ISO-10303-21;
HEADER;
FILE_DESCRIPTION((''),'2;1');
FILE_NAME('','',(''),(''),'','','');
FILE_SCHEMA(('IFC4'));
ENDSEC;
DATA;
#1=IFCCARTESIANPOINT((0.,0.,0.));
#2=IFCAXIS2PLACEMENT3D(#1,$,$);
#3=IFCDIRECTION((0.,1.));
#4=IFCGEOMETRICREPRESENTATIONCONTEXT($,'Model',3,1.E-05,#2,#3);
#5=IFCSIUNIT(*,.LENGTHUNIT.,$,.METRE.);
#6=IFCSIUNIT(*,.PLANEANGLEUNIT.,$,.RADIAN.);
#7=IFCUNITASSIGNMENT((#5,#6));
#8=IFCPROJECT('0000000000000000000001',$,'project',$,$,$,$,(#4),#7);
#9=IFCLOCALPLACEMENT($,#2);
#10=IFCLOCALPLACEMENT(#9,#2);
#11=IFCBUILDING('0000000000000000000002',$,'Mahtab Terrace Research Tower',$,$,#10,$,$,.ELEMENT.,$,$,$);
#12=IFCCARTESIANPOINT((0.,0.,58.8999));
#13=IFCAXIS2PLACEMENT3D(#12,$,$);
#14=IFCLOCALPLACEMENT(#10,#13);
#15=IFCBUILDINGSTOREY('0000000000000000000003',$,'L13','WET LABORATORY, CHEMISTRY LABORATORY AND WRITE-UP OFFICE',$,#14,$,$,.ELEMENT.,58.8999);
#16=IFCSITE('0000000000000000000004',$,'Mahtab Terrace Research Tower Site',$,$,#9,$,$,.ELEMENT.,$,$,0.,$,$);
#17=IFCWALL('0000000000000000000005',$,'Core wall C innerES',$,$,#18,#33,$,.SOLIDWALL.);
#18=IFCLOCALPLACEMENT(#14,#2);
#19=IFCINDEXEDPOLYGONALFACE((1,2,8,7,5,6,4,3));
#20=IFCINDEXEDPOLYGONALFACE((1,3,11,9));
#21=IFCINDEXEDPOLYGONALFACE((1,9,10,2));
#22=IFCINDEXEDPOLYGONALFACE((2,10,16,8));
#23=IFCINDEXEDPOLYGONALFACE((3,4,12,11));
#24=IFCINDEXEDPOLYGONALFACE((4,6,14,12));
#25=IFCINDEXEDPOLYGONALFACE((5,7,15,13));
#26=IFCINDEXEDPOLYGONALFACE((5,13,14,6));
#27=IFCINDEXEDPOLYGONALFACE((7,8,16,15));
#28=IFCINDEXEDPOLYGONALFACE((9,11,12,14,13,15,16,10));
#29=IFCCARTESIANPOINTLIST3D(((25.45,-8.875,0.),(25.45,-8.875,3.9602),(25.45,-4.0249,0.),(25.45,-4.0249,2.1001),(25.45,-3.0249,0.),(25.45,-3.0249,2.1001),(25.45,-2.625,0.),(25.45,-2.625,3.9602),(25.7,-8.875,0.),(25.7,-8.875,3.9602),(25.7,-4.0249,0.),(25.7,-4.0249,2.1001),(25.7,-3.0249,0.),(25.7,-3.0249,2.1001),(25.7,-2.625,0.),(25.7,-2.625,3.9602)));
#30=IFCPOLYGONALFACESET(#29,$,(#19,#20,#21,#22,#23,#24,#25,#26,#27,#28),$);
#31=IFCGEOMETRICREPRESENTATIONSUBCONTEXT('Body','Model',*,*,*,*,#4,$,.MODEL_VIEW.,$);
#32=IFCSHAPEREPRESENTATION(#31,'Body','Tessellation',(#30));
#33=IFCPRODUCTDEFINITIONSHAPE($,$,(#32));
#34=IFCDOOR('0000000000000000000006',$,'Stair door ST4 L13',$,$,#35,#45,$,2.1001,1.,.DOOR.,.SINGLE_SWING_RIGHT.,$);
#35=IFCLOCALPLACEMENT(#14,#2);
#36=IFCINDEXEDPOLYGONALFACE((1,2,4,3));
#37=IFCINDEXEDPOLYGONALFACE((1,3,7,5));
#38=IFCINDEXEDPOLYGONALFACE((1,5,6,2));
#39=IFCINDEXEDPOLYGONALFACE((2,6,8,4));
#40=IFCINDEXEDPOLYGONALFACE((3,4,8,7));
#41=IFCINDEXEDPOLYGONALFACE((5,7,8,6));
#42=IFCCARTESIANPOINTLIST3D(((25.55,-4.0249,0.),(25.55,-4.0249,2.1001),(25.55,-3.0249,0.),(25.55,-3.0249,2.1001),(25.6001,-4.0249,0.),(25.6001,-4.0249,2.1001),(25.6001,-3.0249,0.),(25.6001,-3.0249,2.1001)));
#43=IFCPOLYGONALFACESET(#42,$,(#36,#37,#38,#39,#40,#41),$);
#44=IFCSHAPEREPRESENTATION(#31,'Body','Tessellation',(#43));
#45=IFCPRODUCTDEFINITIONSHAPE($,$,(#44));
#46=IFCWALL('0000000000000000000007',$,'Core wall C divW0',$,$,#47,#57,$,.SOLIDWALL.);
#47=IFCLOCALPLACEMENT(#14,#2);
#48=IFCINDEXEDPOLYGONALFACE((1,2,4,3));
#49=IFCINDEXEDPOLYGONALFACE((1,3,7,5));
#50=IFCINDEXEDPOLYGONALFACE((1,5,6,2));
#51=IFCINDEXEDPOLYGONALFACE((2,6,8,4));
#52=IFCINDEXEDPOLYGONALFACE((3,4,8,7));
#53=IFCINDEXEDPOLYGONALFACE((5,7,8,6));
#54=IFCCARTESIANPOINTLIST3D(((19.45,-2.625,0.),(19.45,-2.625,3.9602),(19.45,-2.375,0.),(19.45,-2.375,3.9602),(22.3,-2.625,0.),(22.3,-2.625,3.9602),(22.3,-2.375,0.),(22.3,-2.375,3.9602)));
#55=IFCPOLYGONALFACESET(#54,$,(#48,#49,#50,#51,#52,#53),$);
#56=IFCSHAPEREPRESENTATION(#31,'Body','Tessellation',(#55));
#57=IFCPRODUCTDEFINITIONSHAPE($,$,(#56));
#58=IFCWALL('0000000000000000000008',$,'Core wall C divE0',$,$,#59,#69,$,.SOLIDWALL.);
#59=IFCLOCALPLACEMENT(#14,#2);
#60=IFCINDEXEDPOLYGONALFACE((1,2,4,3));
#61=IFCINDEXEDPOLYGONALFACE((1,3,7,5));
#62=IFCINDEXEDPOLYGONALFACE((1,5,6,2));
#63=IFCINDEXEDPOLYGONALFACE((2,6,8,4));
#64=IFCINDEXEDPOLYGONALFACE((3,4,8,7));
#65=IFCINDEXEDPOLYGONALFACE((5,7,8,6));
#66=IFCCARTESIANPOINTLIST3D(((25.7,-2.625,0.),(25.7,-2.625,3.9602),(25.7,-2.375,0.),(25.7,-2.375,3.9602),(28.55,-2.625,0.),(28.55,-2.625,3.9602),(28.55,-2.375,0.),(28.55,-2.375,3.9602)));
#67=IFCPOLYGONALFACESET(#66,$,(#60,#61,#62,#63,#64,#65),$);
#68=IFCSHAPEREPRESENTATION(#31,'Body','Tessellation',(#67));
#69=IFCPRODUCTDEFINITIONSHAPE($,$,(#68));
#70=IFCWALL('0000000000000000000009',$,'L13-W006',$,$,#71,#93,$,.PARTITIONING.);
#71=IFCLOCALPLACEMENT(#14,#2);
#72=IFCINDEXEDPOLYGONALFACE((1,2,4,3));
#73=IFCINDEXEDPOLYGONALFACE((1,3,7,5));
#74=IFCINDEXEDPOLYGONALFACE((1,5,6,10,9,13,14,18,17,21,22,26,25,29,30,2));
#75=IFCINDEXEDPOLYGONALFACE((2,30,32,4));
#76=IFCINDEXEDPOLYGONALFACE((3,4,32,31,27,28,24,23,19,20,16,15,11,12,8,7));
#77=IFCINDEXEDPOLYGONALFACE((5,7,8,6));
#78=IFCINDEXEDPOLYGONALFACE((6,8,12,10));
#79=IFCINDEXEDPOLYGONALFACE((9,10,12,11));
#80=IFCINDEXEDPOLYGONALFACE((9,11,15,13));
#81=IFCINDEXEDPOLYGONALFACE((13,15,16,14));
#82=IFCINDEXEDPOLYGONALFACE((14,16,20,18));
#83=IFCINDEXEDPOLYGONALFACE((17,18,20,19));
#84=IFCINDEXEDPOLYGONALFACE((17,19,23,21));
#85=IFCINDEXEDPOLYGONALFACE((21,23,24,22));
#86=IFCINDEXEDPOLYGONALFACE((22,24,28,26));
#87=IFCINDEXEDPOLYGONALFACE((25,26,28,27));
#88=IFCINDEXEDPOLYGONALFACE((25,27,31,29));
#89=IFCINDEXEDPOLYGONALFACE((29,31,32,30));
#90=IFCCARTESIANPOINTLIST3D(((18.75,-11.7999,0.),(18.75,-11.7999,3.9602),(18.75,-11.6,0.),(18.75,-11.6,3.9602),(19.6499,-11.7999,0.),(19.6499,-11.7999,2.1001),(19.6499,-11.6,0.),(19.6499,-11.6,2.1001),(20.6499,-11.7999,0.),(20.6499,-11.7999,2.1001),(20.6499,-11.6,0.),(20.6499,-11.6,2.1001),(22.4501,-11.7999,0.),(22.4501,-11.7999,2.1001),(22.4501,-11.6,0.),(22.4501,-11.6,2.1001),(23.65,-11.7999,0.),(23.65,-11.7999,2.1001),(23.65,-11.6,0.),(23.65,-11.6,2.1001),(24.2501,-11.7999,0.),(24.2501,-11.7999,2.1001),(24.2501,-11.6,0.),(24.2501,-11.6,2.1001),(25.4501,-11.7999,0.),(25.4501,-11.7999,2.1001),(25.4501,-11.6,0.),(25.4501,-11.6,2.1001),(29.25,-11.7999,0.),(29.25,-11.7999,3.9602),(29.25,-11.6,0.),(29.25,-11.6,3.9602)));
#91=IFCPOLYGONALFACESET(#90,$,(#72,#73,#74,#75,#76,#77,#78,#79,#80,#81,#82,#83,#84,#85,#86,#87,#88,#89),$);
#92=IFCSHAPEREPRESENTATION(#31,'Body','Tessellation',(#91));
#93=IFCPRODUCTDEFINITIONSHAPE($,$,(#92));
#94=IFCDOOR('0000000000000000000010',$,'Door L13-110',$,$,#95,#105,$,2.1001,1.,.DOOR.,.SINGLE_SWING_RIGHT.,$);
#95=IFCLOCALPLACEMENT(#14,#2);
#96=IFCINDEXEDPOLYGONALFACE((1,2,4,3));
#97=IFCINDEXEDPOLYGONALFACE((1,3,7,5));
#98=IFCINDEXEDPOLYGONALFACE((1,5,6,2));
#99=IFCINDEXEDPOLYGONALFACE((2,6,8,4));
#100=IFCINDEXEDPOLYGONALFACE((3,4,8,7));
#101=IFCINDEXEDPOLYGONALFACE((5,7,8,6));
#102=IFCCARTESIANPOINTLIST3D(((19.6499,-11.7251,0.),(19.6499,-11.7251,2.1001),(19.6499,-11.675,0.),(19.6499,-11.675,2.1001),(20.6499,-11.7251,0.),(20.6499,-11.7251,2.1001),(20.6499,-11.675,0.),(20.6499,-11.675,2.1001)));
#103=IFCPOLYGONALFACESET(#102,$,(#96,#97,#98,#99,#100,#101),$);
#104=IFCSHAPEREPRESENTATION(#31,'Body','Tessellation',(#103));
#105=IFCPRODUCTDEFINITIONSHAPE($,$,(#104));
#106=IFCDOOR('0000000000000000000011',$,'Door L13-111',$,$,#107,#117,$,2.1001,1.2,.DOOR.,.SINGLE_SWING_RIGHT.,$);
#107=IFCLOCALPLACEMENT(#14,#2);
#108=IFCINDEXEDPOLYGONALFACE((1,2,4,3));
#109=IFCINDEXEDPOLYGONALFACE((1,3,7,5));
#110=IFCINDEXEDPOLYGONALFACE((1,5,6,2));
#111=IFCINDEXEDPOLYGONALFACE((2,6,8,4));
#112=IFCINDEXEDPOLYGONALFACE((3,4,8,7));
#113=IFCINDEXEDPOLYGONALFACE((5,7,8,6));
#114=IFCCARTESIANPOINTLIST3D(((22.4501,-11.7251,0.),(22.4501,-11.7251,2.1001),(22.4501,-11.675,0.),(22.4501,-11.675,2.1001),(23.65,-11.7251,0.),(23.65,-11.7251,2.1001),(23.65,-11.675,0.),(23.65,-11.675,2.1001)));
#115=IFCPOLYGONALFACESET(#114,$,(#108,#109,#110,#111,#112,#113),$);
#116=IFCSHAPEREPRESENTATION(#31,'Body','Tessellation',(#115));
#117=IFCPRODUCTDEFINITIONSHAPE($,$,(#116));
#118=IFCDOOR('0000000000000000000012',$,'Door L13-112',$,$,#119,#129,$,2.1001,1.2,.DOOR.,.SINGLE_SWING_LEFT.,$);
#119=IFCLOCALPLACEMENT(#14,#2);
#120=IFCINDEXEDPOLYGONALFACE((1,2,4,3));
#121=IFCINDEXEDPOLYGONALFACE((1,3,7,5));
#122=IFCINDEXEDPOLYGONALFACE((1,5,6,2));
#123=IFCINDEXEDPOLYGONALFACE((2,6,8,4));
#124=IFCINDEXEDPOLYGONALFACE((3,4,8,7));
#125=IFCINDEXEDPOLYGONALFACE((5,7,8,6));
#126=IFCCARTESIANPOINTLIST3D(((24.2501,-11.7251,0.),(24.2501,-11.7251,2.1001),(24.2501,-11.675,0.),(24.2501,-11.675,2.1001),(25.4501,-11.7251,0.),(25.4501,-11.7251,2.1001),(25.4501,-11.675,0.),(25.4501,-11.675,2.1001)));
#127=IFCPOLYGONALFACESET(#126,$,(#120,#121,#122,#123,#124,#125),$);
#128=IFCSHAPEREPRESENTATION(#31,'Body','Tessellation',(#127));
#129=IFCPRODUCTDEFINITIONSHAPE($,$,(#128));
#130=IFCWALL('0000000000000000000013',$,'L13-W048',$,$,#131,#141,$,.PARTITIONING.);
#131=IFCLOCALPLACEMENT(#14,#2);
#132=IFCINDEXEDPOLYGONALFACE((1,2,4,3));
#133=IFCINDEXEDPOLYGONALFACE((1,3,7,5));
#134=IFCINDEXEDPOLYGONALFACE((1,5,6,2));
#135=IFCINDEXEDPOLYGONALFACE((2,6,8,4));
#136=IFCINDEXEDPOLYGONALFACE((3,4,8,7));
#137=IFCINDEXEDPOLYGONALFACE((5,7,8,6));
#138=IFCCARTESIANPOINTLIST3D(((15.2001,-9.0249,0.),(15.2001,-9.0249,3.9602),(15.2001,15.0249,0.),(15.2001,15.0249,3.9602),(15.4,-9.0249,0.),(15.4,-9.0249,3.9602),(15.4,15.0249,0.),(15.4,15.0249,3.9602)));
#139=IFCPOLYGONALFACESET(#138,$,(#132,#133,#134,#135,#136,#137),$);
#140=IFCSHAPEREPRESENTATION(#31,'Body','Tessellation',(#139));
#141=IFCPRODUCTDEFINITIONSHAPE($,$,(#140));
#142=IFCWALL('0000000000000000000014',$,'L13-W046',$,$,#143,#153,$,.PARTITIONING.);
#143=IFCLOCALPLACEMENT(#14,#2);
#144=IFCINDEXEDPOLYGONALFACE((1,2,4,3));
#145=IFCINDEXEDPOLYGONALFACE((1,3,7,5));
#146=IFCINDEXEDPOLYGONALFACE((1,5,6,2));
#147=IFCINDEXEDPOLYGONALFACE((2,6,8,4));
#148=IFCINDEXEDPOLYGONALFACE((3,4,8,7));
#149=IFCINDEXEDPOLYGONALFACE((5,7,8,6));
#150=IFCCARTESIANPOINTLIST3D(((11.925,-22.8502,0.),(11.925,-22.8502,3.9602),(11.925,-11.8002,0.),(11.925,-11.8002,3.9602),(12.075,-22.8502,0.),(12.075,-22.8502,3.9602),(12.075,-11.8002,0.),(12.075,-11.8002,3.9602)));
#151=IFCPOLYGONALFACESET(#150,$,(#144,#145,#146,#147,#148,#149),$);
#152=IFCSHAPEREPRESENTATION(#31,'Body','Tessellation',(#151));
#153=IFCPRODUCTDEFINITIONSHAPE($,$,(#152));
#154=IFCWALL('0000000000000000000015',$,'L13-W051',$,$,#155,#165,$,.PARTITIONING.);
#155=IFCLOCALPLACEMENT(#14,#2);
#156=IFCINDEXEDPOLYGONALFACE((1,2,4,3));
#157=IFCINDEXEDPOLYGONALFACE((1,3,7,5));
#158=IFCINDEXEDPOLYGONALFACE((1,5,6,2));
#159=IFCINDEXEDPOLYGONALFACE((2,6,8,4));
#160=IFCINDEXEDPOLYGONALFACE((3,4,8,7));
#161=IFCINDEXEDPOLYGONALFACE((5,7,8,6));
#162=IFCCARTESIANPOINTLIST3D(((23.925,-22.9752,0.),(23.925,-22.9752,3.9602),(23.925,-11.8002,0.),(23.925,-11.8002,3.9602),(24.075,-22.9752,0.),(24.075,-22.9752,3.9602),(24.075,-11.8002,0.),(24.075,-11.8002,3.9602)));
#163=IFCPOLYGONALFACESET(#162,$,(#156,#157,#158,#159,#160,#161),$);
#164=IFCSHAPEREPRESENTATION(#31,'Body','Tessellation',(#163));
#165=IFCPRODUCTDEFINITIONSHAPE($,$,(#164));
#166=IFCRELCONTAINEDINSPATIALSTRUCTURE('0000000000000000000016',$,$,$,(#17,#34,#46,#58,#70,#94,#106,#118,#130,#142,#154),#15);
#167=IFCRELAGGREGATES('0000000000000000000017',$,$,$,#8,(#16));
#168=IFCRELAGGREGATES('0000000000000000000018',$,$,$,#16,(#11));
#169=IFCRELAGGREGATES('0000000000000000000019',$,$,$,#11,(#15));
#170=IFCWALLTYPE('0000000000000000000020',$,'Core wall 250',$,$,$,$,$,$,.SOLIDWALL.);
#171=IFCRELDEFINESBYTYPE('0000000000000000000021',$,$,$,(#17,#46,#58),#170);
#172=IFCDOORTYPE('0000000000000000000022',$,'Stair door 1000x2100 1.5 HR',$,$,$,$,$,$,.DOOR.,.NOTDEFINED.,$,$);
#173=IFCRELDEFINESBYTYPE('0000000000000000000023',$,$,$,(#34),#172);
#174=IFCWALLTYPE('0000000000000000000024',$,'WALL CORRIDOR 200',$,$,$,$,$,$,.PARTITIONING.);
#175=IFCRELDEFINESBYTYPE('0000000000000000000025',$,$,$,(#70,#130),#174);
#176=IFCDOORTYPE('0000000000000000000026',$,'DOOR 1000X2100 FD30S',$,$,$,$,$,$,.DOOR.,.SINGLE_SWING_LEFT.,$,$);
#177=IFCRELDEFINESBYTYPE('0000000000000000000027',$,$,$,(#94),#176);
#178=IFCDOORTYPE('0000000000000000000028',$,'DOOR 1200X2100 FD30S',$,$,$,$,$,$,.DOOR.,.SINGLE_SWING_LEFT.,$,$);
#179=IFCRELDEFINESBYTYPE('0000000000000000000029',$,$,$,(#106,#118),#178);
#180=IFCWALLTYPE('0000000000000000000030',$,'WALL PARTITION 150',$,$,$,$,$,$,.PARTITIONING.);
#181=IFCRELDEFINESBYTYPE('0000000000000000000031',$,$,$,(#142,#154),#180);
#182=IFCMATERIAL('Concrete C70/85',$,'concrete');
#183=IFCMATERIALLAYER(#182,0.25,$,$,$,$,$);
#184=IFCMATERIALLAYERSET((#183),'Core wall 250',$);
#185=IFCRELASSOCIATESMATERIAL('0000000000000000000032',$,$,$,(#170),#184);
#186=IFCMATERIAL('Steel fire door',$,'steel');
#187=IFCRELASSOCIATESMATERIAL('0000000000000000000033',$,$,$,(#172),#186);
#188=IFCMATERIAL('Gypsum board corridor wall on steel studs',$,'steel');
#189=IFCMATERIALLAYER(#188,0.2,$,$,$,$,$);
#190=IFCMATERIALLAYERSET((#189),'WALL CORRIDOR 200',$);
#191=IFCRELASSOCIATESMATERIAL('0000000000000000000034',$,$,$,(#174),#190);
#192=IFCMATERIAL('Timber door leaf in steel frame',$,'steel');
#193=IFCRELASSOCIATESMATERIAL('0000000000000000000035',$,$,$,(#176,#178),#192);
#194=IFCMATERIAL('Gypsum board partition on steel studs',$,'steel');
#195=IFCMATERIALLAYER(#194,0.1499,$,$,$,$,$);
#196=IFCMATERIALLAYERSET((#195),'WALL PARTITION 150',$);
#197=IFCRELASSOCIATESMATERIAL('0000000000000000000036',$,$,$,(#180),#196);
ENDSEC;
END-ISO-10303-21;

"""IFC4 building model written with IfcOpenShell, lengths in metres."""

from ifc_helpers import new_model, si_unit, direction, frame, frame_2d, origin, place, context, subcontext, project, spatial, rectangle, extrude, material, layer, layer_set, type_object, element, fill, save


model = new_model("IFC4")

# Units and contexts
model_context = context("Model", 3, precision=1e-05, world=origin(), true_north=direction((0.0, 1.0)))
body_context = subcontext(model_context, "Body", "Model", "MODEL_VIEW")
ifc_project = project(units=[si_unit("LENGTHUNIT", "METRE"), si_unit("PLANEANGLEUNIT", "RADIAN")], contexts=[model_context])

# Site, building, storey
site_placement = place(None, origin())
site = spatial("IfcSite", under=ifc_project, at=site_placement, Name="Mahtab Terrace Research Tower Site", CompositionType="ELEMENT", RefElevation=0.0)
building_placement = place(site_placement, origin())
building = spatial("IfcBuilding", under=site, at=building_placement, Name="Mahtab Terrace Research Tower", CompositionType="ELEMENT")
storey_placement = place(building_placement, frame((0.0, 0.0, 58.8999)))
storey = spatial("IfcBuildingStorey", under=building, at=storey_placement, Name="L13", Description="WET LABORATORY, CHEMISTRY LABORATORY AND WRITE-UP OFFICE", CompositionType="ELEMENT", Elevation=58.8999)

# Shared definitions
ifc_material_1 = material(Name="Concrete C70/85", Category="concrete")

# Shared definitions
ifc_layer_1 = layer(ifc_material_1, 0.25)
ifc_layer_set_1 = layer_set([ifc_layer_1], Name="Core wall 250")
wall_type_1 = type_object("IfcWallType", Name="Core wall 250", PredefinedType="SOLIDWALL", material=ifc_layer_set_1)
ifc_material_2 = material(Name="Steel fire door", Category="steel")

# Wall, opening, door
wall_1_placement = place(storey_placement, frame((25.575, -8.875, 0.0), z_axis=(0.0, 0.0, 1.0), x_axis=(0.0, 1.0, 0.0)))
wall_1 = element("IfcWall", 1, at=wall_1_placement, inside=storey, type_object=wall_type_1, Name="Core wall C innerES", PredefinedType="SOLIDWALL", context=body_context, shape_type="SweptSolid", body=[
    extrude(rectangle(XDim=6.25, YDim=0.25, at=frame_2d((3.125, 0.0))), origin(), (0.0, 0.0, 1.0), 3.9602),
])
opening_1_placement = place(wall_1_placement, frame((4.8501, 0.0, 0.0)))
opening_1 = element("IfcOpeningElement", 2, at=opening_1_placement, cuts=wall_1, PredefinedType="OPENING", context=body_context, shape_type="SweptSolid", body=[
    extrude(rectangle(XDim=1.0, YDim=2.1001, at=frame_2d((0.5, 1.05))), frame((0.0, 0.135, 0.0), z_axis=(0.0, -1.0, 0.0), x_axis=(1.0, 0.0, 0.0)), (0.0, 0.0, 1.0), 0.27),
])
door_type_1 = type_object("IfcDoorType", Name="Stair door 1000x2100 1.5 HR", OperationType="NOTDEFINED", PredefinedType="DOOR", material=ifc_material_2)
door_1_placement = place(opening_1_placement, origin())
door_1 = element("IfcDoor", 3, at=door_1_placement, inside=storey, type_object=door_type_1, Name="Stair door ST4 L13", OperationType="SINGLE_SWING_RIGHT", OverallHeight=2.1001, OverallWidth=1.0, PredefinedType="DOOR", context=body_context, shape_type="SweptSolid", body=[
    extrude(rectangle(XDim=1.0, YDim=2.1001, at=frame_2d((0.5, 1.05))), frame((0.0, 0.0249, 0.0), z_axis=(0.0, -1.0, 0.0), x_axis=(1.0, 0.0, 0.0)), (0.0, 0.0, 1.0), 0.05),
])
fill(opening_1, door_1)

# Walls
for number, where, z_axis, x_axis, name in (
    (4, (19.45, -2.5, 0.0), (0.0, 0.0, 1.0), (1.0, 0.0, 0.0), "Core wall C divW0"),
    (5, (25.7, -2.5, 0.0), (0.0, 0.0, 1.0), (1.0, 0.0, 0.0), "Core wall C divE0"),
):
    element("IfcWall", number, at=place(storey_placement, frame(where, z_axis=z_axis, x_axis=x_axis)), inside=storey, type_object=wall_type_1, Name=name, PredefinedType="SOLIDWALL", context=body_context, shape_type="SweptSolid", body=[
        extrude(rectangle(XDim=2.8501, YDim=0.25, at=frame_2d((1.425, 0.0))), origin(), (0.0, 0.0, 1.0), 3.9602),
    ])

# Wall, openings, doors
ifc_material_3 = material(Name="Gypsum board corridor wall on steel studs", Category="steel")
ifc_layer_2 = layer(ifc_material_3, 0.2)
ifc_layer_set_2 = layer_set([ifc_layer_2], Name="WALL CORRIDOR 200")
wall_type_2 = type_object("IfcWallType", Name="WALL CORRIDOR 200", PredefinedType="PARTITIONING", material=ifc_layer_set_2)
wall_2_placement = place(storey_placement, frame((18.75, -11.7, 0.0), z_axis=(0.0, 0.0, 1.0), x_axis=(1.0, 0.0, 0.0)))
wall_2 = element("IfcWall", 6, at=wall_2_placement, inside=storey, type_object=wall_type_2, Name="L13-W006", PredefinedType="PARTITIONING", context=body_context, shape_type="SweptSolid", body=[
    extrude(rectangle(XDim=10.5, YDim=0.2, at=frame_2d((5.25, 0.0))), origin(), (0.0, 0.0, 1.0), 3.9602),
])
opening_2_placement = place(wall_2_placement, frame((0.8999, 0.0, 0.0)))
opening_2 = element("IfcOpeningElement", 7, at=opening_2_placement, cuts=wall_2, PredefinedType="OPENING", context=body_context, shape_type="SweptSolid", body=[
    extrude(rectangle(XDim=1.0, YDim=2.1001, at=frame_2d((0.5, 1.05))), frame((0.0, 0.1099, 0.0), z_axis=(0.0, -1.0, 0.0), x_axis=(1.0, 0.0, 0.0)), (0.0, 0.0, 1.0), 0.22),
])
opening_3_placement = place(wall_2_placement, frame((3.7, 0.0, 0.0)))
opening_3 = element("IfcOpeningElement", 8, at=opening_3_placement, cuts=wall_2, PredefinedType="OPENING", context=body_context, shape_type="SweptSolid", body=[
    extrude(rectangle(XDim=1.2, YDim=2.1001, at=frame_2d((0.6001, 1.05))), frame((0.0, 0.1099, 0.0), z_axis=(0.0, -1.0, 0.0), x_axis=(1.0, 0.0, 0.0)), (0.0, 0.0, 1.0), 0.22),
])
opening_4_placement = place(wall_2_placement, frame((5.5, 0.0, 0.0)))
opening_4 = element("IfcOpeningElement", 9, at=opening_4_placement, cuts=wall_2, PredefinedType="OPENING", context=body_context, shape_type="SweptSolid", body=[
    extrude(rectangle(XDim=1.2, YDim=2.1001, at=frame_2d((0.6001, 1.05))), frame((0.0, 0.1099, 0.0), z_axis=(0.0, -1.0, 0.0), x_axis=(1.0, 0.0, 0.0)), (0.0, 0.0, 1.0), 0.22),
])
ifc_material_4 = material(Name="Timber door leaf in steel frame", Category="steel")
door_type_2 = type_object("IfcDoorType", Name="DOOR 1000X2100 FD30S", OperationType="SINGLE_SWING_LEFT", PredefinedType="DOOR", material=ifc_material_4)
door_2_placement = place(opening_2_placement, origin())
door_2 = element("IfcDoor", 10, at=door_2_placement, inside=storey, type_object=door_type_2, Name="Door L13-110", OperationType="SINGLE_SWING_RIGHT", OverallHeight=2.1001, OverallWidth=1.0, PredefinedType="DOOR", context=body_context, shape_type="SweptSolid", body=[
    extrude(rectangle(XDim=1.0, YDim=2.1001, at=frame_2d((0.5, 1.05))), frame((0.0, 0.0249, 0.0), z_axis=(0.0, -1.0, 0.0), x_axis=(1.0, 0.0, 0.0)), (0.0, 0.0, 1.0), 0.05),
])
fill(opening_2, door_2)
door_type_3 = type_object("IfcDoorType", Name="DOOR 1200X2100 FD30S", OperationType="SINGLE_SWING_LEFT", PredefinedType="DOOR", material=ifc_material_4)
door_3_placement = place(opening_3_placement, origin())
door_3 = element("IfcDoor", 11, at=door_3_placement, inside=storey, type_object=door_type_3, Name="Door L13-111", OperationType="SINGLE_SWING_RIGHT", OverallHeight=2.1001, OverallWidth=1.2, PredefinedType="DOOR", context=body_context, shape_type="SweptSolid", body=[
    extrude(rectangle(XDim=1.2, YDim=2.1001, at=frame_2d((0.6001, 1.05))), frame((0.0, 0.0249, 0.0), z_axis=(0.0, -1.0, 0.0), x_axis=(1.0, 0.0, 0.0)), (0.0, 0.0, 1.0), 0.05),
])
fill(opening_3, door_3)
door_4_placement = place(opening_4_placement, origin())
door_4 = element("IfcDoor", 12, at=door_4_placement, inside=storey, type_object=door_type_3, Name="Door L13-112", OperationType="SINGLE_SWING_LEFT", OverallHeight=2.1001, OverallWidth=1.2, PredefinedType="DOOR", context=body_context, shape_type="SweptSolid", body=[
    extrude(rectangle(XDim=1.2, YDim=2.1001, at=frame_2d((0.6001, 1.05))), frame((0.0, 0.0249, 0.0), z_axis=(0.0, -1.0, 0.0), x_axis=(1.0, 0.0, 0.0)), (0.0, 0.0, 1.0), 0.05),
])
fill(opening_4, door_4)

# Walls
wall_3_placement = place(storey_placement, frame((15.3, -9.0249, 0.0), z_axis=(0.0, 0.0, 1.0), x_axis=(0.0, 1.0, 0.0)))
element("IfcWall", 13, at=wall_3_placement, inside=storey, type_object=wall_type_2, Name="L13-W048", PredefinedType="PARTITIONING", context=body_context, shape_type="SweptSolid", body=[
    extrude(rectangle(XDim=24.0498, YDim=0.2, at=frame_2d((12.0249, 0.0))), origin(), (0.0, 0.0, 1.0), 3.9602),
])
ifc_material_5 = material(Name="Gypsum board partition on steel studs", Category="steel")
ifc_layer_3 = layer(ifc_material_5, 0.1499)
ifc_layer_set_3 = layer_set([ifc_layer_3], Name="WALL PARTITION 150")
wall_type_3 = type_object("IfcWallType", Name="WALL PARTITION 150", PredefinedType="PARTITIONING", material=ifc_layer_set_3)
wall_4_placement = place(storey_placement, frame((12.0, -22.8501, 0.0), z_axis=(0.0, 0.0, 1.0), x_axis=(0.0, 1.0, 0.0)))
element("IfcWall", 14, at=wall_4_placement, inside=storey, type_object=wall_type_3, Name="L13-W046", PredefinedType="PARTITIONING", context=body_context, shape_type="SweptSolid", body=[
    extrude(rectangle(XDim=11.05, YDim=0.1499, at=frame_2d((5.5249, 0.0))), origin(), (0.0, 0.0, 1.0), 3.9602),
])
wall_5_placement = place(storey_placement, frame((24.0, -22.9751, 0.0), z_axis=(0.0, 0.0, 1.0), x_axis=(0.0, 1.0, 0.0)))
element("IfcWall", 15, at=wall_5_placement, inside=storey, type_object=wall_type_3, Name="L13-W051", PredefinedType="PARTITIONING", context=body_context, shape_type="SweptSolid", body=[
    extrude(rectangle(XDim=11.175, YDim=0.1499, at=frame_2d((5.5874, 0.0))), origin(), (0.0, 0.0, 1.0), 3.9602),
])

save(model, "model.ifc")
